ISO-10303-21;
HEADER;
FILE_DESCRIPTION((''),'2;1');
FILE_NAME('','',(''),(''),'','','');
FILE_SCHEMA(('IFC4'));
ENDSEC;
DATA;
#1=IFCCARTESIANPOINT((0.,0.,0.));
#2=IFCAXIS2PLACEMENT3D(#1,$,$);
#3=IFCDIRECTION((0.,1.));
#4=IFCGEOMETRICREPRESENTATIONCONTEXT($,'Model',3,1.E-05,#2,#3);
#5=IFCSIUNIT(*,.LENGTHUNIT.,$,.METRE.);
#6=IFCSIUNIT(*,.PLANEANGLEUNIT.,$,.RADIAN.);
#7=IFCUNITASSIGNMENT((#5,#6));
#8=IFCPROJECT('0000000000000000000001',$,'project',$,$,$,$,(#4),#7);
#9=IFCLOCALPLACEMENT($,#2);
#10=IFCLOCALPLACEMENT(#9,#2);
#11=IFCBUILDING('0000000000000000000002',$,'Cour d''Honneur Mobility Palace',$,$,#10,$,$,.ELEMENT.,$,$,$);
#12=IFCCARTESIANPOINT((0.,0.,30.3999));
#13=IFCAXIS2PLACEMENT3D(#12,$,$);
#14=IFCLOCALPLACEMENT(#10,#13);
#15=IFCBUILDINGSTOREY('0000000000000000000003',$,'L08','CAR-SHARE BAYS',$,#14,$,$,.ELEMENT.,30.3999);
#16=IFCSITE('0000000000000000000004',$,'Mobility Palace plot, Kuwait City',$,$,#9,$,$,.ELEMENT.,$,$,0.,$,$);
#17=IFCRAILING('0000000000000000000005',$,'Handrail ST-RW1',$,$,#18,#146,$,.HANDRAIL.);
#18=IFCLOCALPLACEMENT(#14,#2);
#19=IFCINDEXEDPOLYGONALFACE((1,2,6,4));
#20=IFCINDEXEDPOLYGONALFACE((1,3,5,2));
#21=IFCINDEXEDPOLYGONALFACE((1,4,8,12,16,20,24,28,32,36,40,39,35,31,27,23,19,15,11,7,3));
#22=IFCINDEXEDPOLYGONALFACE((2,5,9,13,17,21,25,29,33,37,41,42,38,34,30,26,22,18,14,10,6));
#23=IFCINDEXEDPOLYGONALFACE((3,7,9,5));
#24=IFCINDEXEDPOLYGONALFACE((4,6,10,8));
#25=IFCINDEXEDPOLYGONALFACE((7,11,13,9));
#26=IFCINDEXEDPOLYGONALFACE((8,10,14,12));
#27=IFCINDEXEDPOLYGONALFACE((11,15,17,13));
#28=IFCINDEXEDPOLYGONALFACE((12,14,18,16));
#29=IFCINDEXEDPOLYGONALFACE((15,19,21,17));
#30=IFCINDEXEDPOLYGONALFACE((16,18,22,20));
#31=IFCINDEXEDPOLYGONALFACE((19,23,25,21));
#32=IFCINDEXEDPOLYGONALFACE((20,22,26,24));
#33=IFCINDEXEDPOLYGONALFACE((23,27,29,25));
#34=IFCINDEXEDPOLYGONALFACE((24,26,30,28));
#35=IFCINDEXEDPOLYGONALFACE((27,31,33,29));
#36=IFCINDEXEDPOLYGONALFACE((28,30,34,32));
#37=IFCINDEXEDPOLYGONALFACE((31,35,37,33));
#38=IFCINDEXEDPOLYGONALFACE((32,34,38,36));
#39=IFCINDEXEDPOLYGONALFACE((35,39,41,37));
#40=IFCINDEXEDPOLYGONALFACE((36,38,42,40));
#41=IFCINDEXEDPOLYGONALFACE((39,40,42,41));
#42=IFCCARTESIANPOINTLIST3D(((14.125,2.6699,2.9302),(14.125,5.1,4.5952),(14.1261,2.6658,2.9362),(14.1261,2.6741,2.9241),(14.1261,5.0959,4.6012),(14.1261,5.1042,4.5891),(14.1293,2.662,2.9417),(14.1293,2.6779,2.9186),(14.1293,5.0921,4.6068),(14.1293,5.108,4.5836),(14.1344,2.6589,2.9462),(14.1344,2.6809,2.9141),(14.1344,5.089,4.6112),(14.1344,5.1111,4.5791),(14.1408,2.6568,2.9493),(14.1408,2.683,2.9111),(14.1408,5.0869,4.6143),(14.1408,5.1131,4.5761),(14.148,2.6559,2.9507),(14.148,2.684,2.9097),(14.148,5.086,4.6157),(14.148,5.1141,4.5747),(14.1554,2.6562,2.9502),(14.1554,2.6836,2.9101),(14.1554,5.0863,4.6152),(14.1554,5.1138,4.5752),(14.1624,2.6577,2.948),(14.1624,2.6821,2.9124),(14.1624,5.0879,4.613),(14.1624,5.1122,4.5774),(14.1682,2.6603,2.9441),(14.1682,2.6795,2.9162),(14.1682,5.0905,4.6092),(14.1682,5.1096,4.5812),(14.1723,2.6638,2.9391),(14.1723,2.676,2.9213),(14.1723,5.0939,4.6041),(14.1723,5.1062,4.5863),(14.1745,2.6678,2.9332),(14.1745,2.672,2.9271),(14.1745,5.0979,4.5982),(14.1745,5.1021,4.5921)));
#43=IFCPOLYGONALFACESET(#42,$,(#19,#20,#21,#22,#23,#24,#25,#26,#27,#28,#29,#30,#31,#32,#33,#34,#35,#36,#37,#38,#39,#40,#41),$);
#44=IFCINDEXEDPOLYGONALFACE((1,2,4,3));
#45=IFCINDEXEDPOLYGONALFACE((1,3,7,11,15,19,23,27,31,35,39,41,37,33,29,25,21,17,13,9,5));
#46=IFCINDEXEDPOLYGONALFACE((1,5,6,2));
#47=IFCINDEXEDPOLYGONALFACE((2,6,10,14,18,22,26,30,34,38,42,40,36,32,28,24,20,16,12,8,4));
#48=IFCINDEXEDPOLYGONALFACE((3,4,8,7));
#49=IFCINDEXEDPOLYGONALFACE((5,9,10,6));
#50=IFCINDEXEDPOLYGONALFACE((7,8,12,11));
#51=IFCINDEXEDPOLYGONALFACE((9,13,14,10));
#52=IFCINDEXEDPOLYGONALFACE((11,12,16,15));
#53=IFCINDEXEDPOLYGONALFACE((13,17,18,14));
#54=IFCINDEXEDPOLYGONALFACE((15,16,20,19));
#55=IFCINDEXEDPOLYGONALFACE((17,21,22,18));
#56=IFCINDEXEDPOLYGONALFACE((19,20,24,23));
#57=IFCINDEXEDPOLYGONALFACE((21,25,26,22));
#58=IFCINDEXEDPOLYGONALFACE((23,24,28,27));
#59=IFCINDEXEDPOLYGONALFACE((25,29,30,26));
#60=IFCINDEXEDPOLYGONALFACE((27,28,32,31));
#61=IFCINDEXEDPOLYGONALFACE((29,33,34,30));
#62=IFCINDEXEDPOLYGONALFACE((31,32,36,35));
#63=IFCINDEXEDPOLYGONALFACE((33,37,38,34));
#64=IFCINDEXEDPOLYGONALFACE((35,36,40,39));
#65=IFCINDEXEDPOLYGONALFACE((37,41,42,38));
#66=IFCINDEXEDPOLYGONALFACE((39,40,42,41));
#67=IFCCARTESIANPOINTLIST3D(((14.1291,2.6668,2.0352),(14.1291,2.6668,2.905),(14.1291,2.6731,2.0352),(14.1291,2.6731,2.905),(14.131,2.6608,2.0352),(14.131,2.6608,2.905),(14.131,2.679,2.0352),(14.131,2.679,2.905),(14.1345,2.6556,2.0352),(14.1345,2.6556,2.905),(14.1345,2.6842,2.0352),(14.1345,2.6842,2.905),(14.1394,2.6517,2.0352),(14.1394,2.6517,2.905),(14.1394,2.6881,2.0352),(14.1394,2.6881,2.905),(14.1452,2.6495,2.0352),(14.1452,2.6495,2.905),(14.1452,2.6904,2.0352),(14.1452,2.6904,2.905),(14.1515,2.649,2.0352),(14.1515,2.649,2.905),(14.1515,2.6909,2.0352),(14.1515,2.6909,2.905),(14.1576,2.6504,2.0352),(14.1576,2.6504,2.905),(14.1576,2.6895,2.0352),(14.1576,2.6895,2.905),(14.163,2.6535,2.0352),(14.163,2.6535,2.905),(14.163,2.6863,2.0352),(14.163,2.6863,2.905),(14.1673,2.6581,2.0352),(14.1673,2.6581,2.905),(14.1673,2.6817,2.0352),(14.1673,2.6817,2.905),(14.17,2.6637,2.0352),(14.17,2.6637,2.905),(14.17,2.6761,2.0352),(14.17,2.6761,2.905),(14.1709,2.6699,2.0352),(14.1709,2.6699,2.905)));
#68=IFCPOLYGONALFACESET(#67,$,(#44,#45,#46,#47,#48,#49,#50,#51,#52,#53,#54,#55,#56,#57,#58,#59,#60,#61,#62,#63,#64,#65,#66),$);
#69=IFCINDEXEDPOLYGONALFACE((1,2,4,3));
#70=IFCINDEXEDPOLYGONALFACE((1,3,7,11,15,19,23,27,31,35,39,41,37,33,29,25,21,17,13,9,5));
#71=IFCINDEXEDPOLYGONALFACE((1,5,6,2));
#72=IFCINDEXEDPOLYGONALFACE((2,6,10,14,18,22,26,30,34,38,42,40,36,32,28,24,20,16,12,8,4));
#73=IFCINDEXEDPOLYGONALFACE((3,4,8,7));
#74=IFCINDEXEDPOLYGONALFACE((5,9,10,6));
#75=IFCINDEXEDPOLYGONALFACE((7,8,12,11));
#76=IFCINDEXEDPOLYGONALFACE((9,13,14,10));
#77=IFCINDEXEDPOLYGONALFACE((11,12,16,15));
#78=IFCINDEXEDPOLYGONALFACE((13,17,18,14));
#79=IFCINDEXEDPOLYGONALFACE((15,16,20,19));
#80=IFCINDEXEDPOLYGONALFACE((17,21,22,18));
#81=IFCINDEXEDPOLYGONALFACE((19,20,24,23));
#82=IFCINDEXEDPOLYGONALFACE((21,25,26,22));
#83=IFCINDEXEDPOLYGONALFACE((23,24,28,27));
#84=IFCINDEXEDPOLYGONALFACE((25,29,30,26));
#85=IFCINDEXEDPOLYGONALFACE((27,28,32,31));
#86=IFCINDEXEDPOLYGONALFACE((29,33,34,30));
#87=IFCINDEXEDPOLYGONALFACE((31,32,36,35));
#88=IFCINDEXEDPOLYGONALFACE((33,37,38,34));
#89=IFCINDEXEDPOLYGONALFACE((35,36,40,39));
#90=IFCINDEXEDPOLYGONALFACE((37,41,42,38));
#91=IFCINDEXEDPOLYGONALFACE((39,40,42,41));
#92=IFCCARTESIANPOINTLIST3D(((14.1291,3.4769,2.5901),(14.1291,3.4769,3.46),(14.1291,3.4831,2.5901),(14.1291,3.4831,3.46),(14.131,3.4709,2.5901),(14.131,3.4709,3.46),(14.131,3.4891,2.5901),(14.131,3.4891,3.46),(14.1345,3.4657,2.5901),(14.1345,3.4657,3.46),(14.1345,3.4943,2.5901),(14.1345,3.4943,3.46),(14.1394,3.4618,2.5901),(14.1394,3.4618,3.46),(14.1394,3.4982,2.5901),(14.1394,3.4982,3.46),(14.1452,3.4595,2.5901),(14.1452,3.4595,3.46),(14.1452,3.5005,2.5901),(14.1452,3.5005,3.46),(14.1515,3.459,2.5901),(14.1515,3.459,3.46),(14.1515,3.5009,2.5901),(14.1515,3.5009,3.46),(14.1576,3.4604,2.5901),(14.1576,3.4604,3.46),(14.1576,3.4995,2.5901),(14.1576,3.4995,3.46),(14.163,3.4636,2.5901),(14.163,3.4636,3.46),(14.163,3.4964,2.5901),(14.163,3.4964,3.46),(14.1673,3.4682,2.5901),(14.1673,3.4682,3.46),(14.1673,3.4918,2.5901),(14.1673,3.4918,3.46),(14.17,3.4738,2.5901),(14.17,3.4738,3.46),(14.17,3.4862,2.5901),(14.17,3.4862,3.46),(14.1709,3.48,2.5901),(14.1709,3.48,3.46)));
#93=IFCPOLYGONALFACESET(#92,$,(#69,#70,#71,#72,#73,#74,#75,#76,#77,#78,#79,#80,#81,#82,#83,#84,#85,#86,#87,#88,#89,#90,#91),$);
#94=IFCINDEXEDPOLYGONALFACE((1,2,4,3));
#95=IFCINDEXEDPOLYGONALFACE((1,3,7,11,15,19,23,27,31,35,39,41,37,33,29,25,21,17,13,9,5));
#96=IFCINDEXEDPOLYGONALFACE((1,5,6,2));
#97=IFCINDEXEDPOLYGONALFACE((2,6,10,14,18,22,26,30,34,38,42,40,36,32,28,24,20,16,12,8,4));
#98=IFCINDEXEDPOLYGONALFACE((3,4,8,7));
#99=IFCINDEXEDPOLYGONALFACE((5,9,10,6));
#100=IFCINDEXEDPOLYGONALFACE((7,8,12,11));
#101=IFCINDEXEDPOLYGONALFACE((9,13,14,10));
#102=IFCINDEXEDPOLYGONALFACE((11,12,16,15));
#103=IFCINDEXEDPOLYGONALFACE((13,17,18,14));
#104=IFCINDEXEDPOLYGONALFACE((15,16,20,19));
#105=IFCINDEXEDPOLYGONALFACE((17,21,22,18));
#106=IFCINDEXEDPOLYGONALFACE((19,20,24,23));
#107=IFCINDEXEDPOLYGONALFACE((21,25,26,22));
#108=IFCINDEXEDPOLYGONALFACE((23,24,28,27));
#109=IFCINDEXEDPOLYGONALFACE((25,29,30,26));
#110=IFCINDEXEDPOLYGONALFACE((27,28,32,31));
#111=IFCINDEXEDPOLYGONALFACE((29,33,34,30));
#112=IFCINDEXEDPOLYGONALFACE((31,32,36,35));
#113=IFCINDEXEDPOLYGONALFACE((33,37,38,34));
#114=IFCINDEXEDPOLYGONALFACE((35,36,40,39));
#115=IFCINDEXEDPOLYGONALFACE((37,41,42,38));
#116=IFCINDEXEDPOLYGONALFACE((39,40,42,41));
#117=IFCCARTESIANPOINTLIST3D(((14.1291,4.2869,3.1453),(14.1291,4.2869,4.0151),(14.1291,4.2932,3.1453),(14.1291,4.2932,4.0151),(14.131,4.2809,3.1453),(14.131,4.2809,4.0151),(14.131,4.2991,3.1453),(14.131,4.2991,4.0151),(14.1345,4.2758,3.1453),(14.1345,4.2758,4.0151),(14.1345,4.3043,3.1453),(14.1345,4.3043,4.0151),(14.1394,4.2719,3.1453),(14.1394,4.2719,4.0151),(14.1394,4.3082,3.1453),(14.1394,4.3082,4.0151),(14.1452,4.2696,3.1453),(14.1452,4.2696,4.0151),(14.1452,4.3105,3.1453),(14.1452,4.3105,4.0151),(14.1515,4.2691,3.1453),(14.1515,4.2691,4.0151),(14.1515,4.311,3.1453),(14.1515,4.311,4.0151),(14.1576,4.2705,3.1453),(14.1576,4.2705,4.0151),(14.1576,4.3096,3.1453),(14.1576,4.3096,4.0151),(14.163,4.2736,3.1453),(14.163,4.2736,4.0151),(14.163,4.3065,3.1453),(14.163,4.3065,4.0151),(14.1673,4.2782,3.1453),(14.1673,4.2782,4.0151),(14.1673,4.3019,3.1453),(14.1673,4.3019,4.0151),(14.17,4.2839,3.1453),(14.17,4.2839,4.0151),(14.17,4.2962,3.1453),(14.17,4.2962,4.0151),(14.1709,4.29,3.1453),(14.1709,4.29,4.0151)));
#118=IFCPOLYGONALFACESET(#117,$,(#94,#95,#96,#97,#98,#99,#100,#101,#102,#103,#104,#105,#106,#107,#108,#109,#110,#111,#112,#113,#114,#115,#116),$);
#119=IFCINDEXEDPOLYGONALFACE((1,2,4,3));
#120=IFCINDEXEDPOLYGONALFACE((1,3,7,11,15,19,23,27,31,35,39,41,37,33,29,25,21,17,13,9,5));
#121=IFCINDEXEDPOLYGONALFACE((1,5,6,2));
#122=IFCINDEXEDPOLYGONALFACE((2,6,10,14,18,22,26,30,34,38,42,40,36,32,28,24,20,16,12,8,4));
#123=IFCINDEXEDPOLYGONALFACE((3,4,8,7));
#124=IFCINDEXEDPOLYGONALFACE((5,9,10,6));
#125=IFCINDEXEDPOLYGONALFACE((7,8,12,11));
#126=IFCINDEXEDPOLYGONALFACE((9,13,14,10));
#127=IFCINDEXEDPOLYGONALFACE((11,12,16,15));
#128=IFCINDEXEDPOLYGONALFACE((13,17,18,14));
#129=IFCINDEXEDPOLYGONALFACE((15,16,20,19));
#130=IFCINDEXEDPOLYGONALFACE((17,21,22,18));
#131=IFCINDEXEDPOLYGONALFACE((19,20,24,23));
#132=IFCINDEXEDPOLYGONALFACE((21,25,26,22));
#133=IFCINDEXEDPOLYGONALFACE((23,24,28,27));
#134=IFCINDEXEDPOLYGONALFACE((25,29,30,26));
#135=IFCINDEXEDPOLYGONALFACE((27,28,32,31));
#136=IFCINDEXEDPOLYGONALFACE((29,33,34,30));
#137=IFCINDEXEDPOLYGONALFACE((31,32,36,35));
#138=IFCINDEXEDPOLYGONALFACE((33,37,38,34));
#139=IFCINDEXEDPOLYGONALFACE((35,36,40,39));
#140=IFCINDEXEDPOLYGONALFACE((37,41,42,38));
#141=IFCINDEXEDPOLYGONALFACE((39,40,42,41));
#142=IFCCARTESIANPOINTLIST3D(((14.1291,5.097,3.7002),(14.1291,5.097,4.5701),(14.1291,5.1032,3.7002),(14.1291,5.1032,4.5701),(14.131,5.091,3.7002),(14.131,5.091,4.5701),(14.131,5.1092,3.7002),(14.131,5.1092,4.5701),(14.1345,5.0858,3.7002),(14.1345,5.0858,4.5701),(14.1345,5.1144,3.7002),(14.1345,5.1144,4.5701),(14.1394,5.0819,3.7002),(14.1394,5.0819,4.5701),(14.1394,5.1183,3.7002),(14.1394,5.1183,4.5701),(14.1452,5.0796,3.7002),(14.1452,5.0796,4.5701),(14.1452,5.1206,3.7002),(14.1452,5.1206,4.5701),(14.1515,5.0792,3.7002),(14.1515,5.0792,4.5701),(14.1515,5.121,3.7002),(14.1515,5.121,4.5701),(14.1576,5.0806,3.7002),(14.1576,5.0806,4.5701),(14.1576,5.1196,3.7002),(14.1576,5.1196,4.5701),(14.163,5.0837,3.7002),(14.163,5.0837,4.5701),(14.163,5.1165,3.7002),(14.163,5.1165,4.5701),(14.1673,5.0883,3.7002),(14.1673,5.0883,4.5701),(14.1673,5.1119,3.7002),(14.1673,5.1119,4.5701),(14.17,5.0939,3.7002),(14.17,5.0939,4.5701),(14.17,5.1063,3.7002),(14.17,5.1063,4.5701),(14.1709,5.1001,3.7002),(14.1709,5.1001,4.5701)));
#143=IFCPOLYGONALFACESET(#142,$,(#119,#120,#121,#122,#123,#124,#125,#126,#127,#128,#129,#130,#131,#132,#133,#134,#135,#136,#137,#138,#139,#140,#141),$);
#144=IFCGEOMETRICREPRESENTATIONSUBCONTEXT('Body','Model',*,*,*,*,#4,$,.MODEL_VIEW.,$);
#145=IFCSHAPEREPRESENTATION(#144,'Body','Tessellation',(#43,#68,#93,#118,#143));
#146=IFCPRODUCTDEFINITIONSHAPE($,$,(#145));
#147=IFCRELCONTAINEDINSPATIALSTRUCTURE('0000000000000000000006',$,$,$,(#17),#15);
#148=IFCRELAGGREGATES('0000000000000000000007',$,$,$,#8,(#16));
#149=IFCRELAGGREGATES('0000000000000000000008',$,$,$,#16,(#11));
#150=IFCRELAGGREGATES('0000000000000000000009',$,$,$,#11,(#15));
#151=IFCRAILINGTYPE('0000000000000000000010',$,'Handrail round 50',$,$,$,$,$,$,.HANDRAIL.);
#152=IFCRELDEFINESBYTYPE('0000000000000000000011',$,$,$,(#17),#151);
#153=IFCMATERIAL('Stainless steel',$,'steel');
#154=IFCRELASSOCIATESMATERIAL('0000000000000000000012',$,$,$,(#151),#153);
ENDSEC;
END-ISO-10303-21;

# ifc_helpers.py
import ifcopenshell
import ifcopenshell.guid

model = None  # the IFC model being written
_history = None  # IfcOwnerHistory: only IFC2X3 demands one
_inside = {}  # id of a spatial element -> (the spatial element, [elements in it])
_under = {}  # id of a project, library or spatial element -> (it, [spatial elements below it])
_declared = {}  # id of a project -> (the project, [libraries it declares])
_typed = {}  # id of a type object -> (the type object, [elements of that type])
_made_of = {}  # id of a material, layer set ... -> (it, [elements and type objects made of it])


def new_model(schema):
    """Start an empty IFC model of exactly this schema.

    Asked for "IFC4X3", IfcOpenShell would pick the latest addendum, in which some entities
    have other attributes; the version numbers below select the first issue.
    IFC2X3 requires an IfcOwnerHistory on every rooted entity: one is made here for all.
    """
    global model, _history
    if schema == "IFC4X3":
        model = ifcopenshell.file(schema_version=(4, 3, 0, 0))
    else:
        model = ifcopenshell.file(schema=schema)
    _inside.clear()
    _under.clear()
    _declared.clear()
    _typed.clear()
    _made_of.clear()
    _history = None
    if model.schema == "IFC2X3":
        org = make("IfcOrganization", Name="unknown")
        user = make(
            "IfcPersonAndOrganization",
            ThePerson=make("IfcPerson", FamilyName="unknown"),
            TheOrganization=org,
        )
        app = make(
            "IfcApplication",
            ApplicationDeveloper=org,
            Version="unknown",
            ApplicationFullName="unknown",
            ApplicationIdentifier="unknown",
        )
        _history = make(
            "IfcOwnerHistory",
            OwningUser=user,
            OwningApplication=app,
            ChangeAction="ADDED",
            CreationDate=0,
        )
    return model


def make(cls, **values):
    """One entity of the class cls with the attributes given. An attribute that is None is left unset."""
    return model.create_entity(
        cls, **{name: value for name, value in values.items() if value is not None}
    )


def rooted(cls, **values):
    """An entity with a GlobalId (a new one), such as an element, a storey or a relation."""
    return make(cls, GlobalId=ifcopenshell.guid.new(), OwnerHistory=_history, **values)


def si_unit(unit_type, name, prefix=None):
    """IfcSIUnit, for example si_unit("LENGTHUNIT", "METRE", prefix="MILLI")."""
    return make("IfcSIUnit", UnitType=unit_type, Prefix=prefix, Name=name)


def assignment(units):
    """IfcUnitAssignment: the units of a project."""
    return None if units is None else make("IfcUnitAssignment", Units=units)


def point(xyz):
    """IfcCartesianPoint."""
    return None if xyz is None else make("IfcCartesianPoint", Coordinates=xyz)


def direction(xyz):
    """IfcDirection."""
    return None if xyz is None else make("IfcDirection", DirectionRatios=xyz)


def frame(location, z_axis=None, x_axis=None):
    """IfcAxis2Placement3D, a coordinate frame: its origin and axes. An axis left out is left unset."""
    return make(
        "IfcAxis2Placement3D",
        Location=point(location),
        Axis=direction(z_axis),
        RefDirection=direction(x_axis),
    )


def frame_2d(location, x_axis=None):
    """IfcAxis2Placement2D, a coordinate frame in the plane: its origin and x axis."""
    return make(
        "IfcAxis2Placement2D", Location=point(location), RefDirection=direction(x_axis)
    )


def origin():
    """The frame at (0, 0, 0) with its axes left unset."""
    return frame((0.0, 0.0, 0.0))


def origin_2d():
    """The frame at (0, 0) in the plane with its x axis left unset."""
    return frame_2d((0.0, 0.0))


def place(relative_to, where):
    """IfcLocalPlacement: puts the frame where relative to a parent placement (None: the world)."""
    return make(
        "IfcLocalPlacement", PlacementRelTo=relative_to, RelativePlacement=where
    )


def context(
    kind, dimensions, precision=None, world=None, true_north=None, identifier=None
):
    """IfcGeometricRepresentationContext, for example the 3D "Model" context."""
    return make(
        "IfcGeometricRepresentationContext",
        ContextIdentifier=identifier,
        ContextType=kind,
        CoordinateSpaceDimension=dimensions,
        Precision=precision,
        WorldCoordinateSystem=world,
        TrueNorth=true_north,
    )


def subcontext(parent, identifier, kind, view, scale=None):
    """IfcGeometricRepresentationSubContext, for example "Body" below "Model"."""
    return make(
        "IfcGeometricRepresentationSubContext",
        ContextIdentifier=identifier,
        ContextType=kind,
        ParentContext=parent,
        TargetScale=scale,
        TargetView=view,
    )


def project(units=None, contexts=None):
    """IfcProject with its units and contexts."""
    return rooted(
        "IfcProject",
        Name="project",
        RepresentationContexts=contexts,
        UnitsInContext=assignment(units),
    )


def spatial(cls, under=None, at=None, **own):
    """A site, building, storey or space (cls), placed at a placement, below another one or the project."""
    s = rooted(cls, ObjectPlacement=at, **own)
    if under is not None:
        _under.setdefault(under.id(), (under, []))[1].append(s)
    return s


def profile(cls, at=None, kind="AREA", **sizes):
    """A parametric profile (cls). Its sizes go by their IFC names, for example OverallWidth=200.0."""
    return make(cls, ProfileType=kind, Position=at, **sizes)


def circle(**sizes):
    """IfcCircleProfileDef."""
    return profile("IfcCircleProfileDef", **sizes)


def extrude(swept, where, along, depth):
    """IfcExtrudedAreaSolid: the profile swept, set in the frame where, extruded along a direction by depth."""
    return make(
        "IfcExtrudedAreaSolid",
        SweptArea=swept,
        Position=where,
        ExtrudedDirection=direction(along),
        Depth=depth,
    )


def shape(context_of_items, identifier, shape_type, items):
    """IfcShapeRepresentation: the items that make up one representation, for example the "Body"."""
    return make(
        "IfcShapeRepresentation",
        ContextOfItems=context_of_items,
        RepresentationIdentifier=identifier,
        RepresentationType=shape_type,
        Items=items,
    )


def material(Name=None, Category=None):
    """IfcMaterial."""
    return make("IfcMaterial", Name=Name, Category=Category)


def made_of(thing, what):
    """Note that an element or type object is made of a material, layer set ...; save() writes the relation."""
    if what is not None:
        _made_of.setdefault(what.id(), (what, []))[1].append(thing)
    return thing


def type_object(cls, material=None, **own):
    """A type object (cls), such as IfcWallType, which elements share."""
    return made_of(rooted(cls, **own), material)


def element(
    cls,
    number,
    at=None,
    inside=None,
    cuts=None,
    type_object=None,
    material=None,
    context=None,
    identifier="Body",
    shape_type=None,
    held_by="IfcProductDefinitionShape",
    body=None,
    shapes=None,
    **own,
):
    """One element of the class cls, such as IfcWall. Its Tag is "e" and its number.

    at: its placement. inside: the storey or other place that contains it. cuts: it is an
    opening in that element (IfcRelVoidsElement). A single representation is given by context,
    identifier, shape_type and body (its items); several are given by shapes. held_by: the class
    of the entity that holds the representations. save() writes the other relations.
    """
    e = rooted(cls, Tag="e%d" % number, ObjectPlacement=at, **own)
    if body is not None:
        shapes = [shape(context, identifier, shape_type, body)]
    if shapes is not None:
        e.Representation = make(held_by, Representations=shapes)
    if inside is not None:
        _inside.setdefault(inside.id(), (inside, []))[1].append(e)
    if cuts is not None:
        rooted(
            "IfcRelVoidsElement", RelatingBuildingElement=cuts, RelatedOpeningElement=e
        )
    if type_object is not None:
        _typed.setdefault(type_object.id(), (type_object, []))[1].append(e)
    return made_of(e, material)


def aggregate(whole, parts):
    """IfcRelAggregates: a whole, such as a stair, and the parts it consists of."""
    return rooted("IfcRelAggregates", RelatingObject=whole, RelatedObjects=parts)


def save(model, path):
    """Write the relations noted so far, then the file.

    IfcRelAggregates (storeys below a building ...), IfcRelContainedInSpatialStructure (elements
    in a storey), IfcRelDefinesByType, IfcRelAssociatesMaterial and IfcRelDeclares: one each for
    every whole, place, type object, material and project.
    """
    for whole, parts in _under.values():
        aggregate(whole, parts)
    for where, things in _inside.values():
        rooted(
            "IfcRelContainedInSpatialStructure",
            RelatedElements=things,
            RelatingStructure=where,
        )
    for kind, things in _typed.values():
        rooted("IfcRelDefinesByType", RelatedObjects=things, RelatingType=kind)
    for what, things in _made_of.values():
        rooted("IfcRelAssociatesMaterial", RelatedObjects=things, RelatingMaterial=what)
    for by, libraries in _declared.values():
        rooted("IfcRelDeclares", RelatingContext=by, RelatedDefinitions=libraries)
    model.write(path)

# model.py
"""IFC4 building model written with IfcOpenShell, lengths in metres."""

from ifc_helpers import new_model, si_unit, direction, frame, origin, origin_2d, place, context, subcontext, project, spatial, circle, extrude, material, type_object, element, save


model = new_model("IFC4")

# Units and contexts
model_context = context("Model", 3, precision=1e-05, world=origin(), true_north=direction((0.0, 1.0)))
body_context = subcontext(model_context, "Body", "Model", "MODEL_VIEW")
ifc_project = project(units=[si_unit("LENGTHUNIT", "METRE"), si_unit("PLANEANGLEUNIT", "RADIAN")], contexts=[model_context])

# Site, building, storey
site_placement = place(None, origin())
site = spatial("IfcSite", under=ifc_project, at=site_placement, Name="Mobility Palace plot, Kuwait City", CompositionType="ELEMENT", RefElevation=0.0)
building_placement = place(site_placement, origin())
building = spatial("IfcBuilding", under=site, at=building_placement, Name="Cour d'Honneur Mobility Palace", CompositionType="ELEMENT")
storey_placement = place(building_placement, frame((0.0, 0.0, 30.3999)))
storey = spatial("IfcBuildingStorey", under=building, at=storey_placement, Name="L08", Description="CAR-SHARE BAYS", CompositionType="ELEMENT", Elevation=30.3999)

# Railing
ifc_material_1 = material(Name="Stainless steel", Category="steel")
railing_type_1 = type_object("IfcRailingType", Name="Handrail round 50", PredefinedType="HANDRAIL", material=ifc_material_1)
for number, where, name in (
    (1, (14.1499, 2.6699, 2.0352), "Handrail ST-RW1"),
):
    element("IfcRailing", number, at=place(storey_placement, frame(where)), inside=storey, type_object=railing_type_1, Name=name, PredefinedType="HANDRAIL", context=body_context, shape_type="SweptSolid", body=[
        extrude(circle(Radius=0.0249, at=origin_2d()), frame((0.0, 0.0, 0.895), z_axis=(0.0, 0.824945, 0.565213), x_axis=(-1.0, 0.0, 0.0)), (0.0, 0.0, 1.0), 2.9458),
        extrude(circle(Radius=0.021, at=origin_2d()), origin(), (0.0, 0.0, 1.0), 0.8699),
        extrude(circle(Radius=0.021, at=origin_2d()), frame((0.0, 0.8101, 0.5549)), (0.0, 0.0, 1.0), 0.8699),
        extrude(circle(Radius=0.021, at=origin_2d()), frame((0.0, 1.6201, 1.1101)), (0.0, 0.0, 1.0), 0.8699),
        extrude(circle(Radius=0.021, at=origin_2d()), frame((0.0, 2.4302, 1.665)), (0.0, 0.0, 1.0), 0.8699),
    ])

save(model, "model.ifc")
